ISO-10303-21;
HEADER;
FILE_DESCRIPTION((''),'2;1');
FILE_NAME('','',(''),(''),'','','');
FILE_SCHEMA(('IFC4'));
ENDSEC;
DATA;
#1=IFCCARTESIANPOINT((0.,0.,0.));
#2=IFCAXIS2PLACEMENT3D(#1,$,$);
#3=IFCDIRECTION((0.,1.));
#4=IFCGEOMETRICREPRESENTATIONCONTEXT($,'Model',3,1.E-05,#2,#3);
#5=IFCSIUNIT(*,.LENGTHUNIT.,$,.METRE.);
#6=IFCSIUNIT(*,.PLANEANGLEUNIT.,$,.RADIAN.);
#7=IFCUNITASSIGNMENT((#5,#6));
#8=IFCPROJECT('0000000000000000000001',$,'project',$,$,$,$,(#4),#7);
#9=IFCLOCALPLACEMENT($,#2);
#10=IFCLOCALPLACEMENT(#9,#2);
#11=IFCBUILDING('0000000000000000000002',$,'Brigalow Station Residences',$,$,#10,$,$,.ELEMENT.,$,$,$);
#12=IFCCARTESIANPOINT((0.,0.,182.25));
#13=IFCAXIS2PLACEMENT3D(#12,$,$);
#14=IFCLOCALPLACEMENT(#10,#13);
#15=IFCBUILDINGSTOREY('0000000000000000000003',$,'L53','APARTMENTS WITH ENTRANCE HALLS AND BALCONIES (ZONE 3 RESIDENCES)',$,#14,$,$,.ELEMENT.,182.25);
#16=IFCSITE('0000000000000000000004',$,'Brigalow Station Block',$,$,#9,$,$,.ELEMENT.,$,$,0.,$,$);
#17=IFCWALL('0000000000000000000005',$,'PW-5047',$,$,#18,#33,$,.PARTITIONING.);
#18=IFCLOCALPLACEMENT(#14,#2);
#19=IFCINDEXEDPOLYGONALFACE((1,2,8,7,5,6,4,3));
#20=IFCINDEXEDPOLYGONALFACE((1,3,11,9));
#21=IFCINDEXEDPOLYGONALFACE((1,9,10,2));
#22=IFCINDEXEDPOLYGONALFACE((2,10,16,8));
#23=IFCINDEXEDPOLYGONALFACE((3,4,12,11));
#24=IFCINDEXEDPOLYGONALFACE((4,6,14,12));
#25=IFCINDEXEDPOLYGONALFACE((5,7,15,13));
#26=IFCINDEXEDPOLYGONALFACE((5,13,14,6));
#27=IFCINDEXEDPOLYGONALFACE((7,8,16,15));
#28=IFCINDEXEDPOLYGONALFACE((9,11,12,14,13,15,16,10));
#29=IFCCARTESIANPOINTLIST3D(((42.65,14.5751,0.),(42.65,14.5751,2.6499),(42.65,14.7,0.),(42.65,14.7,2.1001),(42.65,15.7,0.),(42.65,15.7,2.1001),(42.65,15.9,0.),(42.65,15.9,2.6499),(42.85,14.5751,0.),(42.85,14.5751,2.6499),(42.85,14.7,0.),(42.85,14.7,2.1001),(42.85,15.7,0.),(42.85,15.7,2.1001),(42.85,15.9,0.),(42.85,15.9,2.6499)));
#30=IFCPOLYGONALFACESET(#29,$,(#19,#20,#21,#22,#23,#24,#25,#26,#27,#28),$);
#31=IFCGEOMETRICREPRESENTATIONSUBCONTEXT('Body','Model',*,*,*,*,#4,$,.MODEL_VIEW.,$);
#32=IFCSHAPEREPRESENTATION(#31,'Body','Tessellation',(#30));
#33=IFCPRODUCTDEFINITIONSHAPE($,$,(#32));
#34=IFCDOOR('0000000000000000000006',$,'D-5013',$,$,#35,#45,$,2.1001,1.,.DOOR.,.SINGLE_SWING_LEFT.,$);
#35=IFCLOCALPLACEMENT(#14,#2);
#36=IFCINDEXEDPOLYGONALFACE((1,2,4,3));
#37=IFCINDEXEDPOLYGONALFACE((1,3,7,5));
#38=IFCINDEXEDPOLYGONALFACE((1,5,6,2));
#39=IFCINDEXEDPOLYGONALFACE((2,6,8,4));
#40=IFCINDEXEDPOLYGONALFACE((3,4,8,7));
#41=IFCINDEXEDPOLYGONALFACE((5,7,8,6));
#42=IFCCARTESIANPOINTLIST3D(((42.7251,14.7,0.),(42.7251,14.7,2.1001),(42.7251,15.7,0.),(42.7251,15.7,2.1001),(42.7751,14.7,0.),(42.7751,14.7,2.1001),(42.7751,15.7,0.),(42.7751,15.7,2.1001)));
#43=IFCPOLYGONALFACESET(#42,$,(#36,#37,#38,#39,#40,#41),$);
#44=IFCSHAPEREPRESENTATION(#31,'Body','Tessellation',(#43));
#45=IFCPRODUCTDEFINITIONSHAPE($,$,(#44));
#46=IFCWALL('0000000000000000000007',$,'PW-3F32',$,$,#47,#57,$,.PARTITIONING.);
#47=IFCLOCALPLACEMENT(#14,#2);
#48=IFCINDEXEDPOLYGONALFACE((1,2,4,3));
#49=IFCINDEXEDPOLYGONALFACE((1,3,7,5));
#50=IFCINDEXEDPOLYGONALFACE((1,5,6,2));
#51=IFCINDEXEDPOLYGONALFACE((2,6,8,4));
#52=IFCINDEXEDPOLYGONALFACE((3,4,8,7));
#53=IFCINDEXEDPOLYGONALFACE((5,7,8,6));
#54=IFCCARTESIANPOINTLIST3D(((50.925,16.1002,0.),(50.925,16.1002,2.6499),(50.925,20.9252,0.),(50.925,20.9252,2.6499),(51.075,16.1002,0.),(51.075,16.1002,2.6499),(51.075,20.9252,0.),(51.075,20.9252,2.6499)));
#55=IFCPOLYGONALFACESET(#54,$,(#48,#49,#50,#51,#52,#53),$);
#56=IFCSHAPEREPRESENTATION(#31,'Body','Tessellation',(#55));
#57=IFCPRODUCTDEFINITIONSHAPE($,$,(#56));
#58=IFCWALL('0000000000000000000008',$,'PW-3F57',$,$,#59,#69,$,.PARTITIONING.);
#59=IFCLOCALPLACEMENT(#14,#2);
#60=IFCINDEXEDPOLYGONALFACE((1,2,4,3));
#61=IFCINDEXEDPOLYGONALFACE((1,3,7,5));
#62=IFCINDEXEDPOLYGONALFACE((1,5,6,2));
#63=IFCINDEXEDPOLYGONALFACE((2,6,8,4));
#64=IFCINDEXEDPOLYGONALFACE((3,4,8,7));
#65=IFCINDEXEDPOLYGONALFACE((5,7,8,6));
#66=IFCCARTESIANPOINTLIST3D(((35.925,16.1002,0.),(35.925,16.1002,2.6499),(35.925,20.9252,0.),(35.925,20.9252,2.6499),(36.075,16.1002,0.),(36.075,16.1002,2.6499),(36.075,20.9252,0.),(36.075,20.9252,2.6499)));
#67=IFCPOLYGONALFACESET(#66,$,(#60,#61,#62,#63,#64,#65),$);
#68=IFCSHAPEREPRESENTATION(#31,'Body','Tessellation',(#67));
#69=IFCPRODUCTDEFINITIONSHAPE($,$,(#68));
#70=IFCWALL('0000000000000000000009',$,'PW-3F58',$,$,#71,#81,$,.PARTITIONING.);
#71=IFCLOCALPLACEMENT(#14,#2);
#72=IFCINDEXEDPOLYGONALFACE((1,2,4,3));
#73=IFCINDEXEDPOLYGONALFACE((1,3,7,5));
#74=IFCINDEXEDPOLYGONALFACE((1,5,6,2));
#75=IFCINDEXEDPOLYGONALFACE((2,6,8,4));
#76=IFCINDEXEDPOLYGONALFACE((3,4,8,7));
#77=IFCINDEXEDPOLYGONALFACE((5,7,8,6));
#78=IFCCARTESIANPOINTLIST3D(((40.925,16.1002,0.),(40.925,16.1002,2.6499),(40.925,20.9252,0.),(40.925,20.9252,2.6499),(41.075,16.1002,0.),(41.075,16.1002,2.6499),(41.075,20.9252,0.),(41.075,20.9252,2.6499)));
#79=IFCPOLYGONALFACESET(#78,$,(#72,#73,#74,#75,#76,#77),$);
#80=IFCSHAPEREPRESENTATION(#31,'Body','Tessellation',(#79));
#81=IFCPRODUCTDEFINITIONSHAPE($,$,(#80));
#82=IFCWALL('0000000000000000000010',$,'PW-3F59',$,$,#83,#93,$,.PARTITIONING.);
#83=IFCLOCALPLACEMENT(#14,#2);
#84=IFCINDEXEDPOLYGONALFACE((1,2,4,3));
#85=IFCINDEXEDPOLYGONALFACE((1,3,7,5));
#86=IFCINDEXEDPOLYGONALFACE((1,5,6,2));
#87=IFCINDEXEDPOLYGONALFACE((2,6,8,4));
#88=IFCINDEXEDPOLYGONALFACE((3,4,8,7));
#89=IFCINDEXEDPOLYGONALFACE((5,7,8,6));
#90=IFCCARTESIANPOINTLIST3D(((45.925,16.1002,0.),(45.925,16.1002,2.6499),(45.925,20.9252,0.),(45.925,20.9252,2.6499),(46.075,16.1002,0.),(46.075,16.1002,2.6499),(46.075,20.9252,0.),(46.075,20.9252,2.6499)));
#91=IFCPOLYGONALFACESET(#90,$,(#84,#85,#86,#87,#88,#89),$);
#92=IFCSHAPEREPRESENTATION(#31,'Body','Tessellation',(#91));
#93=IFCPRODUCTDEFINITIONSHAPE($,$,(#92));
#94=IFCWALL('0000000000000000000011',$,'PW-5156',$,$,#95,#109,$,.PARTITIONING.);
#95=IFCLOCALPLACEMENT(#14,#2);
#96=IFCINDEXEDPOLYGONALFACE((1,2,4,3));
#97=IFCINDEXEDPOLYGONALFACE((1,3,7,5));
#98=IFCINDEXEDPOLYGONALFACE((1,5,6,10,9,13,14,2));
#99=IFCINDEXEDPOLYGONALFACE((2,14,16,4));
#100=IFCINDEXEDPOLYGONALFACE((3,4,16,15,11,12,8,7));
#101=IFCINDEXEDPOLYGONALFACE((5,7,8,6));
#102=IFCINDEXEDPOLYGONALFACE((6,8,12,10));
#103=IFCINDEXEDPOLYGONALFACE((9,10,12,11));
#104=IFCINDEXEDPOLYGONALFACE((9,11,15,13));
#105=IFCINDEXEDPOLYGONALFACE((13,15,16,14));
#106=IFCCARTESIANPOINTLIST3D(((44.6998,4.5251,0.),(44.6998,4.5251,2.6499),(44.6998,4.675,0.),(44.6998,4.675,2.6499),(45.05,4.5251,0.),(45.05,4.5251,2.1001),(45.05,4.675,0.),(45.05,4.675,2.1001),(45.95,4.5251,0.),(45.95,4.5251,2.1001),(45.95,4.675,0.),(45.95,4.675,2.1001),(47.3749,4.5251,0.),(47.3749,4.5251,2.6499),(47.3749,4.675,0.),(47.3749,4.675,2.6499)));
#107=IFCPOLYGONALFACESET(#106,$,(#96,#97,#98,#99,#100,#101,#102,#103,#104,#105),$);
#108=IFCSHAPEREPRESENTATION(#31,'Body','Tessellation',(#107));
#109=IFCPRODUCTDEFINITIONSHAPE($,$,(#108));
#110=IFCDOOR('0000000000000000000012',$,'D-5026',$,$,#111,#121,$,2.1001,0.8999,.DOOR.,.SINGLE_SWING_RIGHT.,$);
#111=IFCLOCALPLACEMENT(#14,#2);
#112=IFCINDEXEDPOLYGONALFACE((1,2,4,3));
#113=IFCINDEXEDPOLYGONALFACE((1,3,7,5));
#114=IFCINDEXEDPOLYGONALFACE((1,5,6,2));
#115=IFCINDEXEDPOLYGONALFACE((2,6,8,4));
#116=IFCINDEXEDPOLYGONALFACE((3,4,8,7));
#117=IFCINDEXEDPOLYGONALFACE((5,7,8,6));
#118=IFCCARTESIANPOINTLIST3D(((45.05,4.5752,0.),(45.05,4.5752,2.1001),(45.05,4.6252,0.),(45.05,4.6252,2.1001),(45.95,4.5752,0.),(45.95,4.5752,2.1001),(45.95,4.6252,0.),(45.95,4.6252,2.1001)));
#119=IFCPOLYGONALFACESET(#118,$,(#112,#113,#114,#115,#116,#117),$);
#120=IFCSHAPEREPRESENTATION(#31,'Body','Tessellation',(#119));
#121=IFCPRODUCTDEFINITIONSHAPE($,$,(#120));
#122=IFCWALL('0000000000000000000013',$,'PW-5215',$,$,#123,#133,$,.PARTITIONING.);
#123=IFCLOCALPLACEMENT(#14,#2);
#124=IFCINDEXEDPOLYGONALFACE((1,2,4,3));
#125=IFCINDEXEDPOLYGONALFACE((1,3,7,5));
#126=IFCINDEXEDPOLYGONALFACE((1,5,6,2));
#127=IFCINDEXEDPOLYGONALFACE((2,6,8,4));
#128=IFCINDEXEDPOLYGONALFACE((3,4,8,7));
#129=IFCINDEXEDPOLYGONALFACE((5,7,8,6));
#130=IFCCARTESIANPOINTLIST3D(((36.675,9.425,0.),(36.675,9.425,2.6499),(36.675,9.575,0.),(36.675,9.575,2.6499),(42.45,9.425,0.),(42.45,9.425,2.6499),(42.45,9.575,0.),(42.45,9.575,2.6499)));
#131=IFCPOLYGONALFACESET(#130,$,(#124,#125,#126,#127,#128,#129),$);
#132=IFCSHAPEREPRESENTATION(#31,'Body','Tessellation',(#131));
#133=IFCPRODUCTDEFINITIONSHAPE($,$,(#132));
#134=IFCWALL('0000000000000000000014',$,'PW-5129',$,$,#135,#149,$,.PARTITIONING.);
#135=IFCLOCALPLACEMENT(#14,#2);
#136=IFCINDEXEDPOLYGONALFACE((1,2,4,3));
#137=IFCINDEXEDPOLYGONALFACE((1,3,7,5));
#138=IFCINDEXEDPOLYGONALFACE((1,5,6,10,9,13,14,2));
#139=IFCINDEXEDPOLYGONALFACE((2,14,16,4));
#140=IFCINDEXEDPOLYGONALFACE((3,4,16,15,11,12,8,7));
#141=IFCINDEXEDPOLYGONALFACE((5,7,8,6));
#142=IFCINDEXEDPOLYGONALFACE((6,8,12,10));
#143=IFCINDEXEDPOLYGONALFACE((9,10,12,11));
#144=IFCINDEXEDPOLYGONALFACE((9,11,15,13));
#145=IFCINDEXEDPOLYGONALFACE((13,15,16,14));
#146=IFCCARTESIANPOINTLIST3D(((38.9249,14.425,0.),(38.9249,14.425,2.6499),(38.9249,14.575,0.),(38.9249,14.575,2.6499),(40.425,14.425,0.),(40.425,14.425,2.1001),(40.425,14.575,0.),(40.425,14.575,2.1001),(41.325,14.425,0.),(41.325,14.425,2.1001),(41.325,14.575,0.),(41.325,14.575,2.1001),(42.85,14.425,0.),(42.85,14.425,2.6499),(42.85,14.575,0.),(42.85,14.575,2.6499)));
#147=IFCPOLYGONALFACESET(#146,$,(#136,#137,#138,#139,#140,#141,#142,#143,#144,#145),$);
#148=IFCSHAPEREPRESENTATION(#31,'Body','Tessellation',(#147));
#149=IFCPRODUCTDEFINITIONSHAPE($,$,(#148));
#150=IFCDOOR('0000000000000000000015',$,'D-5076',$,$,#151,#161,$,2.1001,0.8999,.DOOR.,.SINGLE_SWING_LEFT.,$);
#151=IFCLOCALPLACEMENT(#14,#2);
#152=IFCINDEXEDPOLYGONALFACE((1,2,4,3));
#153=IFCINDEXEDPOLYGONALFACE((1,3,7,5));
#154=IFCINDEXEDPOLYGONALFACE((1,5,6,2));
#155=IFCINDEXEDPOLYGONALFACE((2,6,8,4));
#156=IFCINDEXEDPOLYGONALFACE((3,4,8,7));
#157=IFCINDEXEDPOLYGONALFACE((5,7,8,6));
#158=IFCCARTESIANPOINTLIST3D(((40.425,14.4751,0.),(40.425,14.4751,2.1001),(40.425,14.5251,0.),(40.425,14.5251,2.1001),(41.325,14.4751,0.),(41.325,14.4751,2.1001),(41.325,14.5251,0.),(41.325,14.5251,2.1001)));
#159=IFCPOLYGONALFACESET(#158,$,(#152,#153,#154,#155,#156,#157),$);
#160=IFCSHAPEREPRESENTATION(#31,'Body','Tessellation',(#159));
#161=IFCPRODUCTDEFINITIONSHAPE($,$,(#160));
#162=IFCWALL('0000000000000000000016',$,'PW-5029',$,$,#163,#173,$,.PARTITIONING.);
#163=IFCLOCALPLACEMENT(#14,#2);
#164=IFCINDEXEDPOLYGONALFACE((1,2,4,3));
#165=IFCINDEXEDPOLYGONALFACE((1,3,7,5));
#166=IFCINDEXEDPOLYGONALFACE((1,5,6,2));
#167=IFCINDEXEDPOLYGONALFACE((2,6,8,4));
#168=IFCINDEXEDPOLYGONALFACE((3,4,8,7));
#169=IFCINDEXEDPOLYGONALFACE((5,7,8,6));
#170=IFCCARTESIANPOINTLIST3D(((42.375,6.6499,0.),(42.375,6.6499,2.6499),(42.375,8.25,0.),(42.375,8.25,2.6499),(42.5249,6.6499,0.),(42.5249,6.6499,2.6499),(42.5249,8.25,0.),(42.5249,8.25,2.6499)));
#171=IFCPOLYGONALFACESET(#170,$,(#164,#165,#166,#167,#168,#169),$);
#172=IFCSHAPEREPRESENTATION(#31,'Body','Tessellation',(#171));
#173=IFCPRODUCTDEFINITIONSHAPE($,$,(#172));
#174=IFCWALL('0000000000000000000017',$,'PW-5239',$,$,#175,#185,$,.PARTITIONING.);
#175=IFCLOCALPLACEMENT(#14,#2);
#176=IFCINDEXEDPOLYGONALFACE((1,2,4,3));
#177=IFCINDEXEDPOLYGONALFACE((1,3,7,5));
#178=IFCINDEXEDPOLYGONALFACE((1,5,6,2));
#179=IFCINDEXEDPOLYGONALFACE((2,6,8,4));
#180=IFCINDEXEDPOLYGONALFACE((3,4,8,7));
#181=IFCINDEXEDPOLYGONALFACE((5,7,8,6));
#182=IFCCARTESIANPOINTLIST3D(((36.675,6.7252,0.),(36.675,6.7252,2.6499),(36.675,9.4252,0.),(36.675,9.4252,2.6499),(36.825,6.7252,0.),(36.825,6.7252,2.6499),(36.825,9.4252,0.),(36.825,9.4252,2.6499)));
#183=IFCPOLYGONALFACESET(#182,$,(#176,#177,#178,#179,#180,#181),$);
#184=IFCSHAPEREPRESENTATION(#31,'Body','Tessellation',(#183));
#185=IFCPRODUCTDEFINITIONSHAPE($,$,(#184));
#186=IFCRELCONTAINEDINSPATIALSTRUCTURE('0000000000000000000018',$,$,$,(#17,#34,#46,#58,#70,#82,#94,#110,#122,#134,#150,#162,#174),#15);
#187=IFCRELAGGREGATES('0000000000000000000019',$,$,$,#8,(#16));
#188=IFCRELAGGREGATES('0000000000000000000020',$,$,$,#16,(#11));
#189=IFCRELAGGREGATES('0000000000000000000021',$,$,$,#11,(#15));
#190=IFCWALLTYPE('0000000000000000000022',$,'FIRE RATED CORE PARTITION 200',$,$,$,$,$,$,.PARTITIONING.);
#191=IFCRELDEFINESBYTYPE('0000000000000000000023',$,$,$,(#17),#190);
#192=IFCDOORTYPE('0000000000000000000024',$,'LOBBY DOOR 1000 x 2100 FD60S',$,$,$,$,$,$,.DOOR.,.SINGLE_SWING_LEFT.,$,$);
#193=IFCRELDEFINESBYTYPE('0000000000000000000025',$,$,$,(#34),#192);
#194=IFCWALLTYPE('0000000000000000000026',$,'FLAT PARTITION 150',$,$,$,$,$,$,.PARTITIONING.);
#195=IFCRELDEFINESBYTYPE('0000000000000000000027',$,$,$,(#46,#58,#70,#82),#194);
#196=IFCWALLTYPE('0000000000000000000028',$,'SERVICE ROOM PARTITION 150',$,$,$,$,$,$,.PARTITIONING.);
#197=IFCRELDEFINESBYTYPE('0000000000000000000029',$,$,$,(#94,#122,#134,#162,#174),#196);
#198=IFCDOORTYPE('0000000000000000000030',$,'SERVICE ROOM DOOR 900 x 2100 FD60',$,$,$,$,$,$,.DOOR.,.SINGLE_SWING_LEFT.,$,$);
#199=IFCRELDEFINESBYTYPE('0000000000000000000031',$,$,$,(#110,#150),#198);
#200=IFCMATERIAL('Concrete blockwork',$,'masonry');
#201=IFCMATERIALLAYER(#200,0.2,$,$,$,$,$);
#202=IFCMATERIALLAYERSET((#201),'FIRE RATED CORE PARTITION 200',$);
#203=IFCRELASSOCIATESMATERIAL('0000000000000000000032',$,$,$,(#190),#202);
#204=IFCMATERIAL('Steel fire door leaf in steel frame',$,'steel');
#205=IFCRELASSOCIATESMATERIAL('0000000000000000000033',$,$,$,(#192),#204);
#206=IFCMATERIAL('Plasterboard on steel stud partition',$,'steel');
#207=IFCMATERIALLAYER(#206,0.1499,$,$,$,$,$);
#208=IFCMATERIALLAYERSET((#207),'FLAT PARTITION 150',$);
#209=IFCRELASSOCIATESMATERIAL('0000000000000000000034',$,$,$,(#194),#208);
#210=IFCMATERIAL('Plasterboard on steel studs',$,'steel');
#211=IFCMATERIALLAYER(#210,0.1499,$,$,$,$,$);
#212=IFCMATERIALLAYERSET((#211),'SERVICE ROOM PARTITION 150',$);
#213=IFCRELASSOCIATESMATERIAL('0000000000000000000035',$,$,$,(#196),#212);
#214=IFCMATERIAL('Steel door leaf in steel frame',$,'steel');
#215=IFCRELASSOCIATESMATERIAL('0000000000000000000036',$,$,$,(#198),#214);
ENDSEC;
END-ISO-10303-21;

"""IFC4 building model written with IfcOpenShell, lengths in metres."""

from ifc_helpers import new_model, si_unit, direction, frame, frame_2d, origin, place, context, subcontext, project, spatial, rectangle, extrude, material, layer, layer_set, type_object, element, fill, save


model = new_model("IFC4")

# Units and contexts
model_context = context("Model", 3, precision=1e-05, world=origin(), true_north=direction((0.0, 1.0)))
body_context = subcontext(model_context, "Body", "Model", "MODEL_VIEW")
ifc_project = project(units=[si_unit("LENGTHUNIT", "METRE"), si_unit("PLANEANGLEUNIT", "RADIAN")], contexts=[model_context])

# Site, building, storey
site_placement = place(None, origin())
site = spatial("IfcSite", under=ifc_project, at=site_placement, Name="Brigalow Station Block", CompositionType="ELEMENT", RefElevation=0.0)
building_placement = place(site_placement, origin())
building = spatial("IfcBuilding", under=site, at=building_placement, Name="Brigalow Station Residences", CompositionType="ELEMENT")
storey_placement = place(building_placement, frame((0.0, 0.0, 182.25)))
storey = spatial("IfcBuildingStorey", under=building, at=storey_placement, Name="L53", Description="APARTMENTS WITH ENTRANCE HALLS AND BALCONIES (ZONE 3 RESIDENCES)", CompositionType="ELEMENT", Elevation=182.25)

# Shared definitions
ifc_material_1 = material(Name="Concrete blockwork", Category="masonry")
ifc_layer_1 = layer(ifc_material_1, 0.2)
ifc_layer_set_1 = layer_set([ifc_layer_1], Name="FIRE RATED CORE PARTITION 200")
wall_type_1 = type_object("IfcWallType", Name="FIRE RATED CORE PARTITION 200", PredefinedType="PARTITIONING", material=ifc_layer_set_1)

# Wall, opening, door
wall_1_placement = place(storey_placement, frame((42.75, 14.575, 0.0), z_axis=(0.0, 0.0, 1.0), x_axis=(0.0, 1.0, 0.0)))
wall_1 = element("IfcWall", 1, at=wall_1_placement, inside=storey, type_object=wall_type_1, Name="PW-5047", PredefinedType="PARTITIONING", context=body_context, shape_type="SweptSolid", body=[
    extrude(rectangle(XDim=1.325, YDim=0.2, at=frame_2d((0.6626, 0.0))), origin(), (0.0, 0.0, 1.0), 2.6499),
])
opening_1_placement = place(wall_1_placement, frame((0.125, 0.0, 0.0)))
opening_1 = element("IfcOpeningElement", 2, at=opening_1_placement, cuts=wall_1, PredefinedType="OPENING", context=body_context, shape_type="SweptSolid", body=[
    extrude(rectangle(XDim=1.0, YDim=2.1001, at=frame_2d((0.5, 1.05))), frame((0.0, 0.1099, 0.0), z_axis=(0.0, -1.0, 0.0), x_axis=(1.0, 0.0, 0.0)), (0.0, 0.0, 1.0), 0.22),
])
ifc_material_2 = material(Name="Steel fire door leaf in steel frame", Category="steel")
door_type_1 = type_object("IfcDoorType", Name="LOBBY DOOR 1000 x 2100 FD60S", OperationType="SINGLE_SWING_LEFT", PredefinedType="DOOR", material=ifc_material_2)
door_1_placement = place(opening_1_placement, origin())
door_1 = element("IfcDoor", 3, at=door_1_placement, inside=storey, type_object=door_type_1, Name="D-5013", OperationType="SINGLE_SWING_LEFT", OverallHeight=2.1001, OverallWidth=1.0, PredefinedType="DOOR", context=body_context, shape_type="SweptSolid", body=[
    extrude(rectangle(XDim=1.0, YDim=2.1001, at=frame_2d((0.5, 1.05))), frame((0.0, 0.0249, 0.0), z_axis=(0.0, -1.0, 0.0), x_axis=(1.0, 0.0, 0.0)), (0.0, 0.0, 1.0), 0.05),
])
fill(opening_1, door_1)

# Walls
ifc_material_3 = material(Name="Plasterboard on steel stud partition", Category="steel")
ifc_layer_2 = layer(ifc_material_3, 0.1499)
ifc_layer_set_2 = layer_set([ifc_layer_2], Name="FLAT PARTITION 150")
wall_type_2 = type_object("IfcWallType", Name="FLAT PARTITION 150", PredefinedType="PARTITIONING", material=ifc_layer_set_2)
for number, where, z_axis, x_axis, name in (
    (4, (51.0, 16.1001, 0.0), (0.0, 0.0, 1.0), (0.0, 1.0, 0.0), "PW-3F32"),
    (5, (36.0, 16.1001, 0.0), (0.0, 0.0, 1.0), (0.0, 1.0, 0.0), "PW-3F57"),
    (6, (41.0, 16.1001, 0.0), (0.0, 0.0, 1.0), (0.0, 1.0, 0.0), "PW-3F58"),
    (7, (46.0, 16.1001, 0.0), (0.0, 0.0, 1.0), (0.0, 1.0, 0.0), "PW-3F59"),
):
    element("IfcWall", number, at=place(storey_placement, frame(where, z_axis=z_axis, x_axis=x_axis)), inside=storey, type_object=wall_type_2, Name=name, PredefinedType="PARTITIONING", context=body_context, shape_type="SweptSolid", body=[
        extrude(rectangle(XDim=4.825, YDim=0.1499, at=frame_2d((2.4126, 0.0))), origin(), (0.0, 0.0, 1.0), 2.6499),
    ])

# Wall, opening, door
ifc_material_4 = material(Name="Plasterboard on steel studs", Category="steel")
ifc_layer_3 = layer(ifc_material_4, 0.1499)
ifc_layer_set_3 = layer_set([ifc_layer_3], Name="SERVICE ROOM PARTITION 150")
wall_type_3 = type_object("IfcWallType", Name="SERVICE ROOM PARTITION 150", PredefinedType="PARTITIONING", material=ifc_layer_set_3)
wall_2_placement = place(storey_placement, frame((44.7, 4.6001, 0.0), z_axis=(0.0, 0.0, 1.0), x_axis=(1.0, 0.0, 0.0)))
wall_2 = element("IfcWall", 8, at=wall_2_placement, inside=storey, type_object=wall_type_3, Name="PW-5156", PredefinedType="PARTITIONING", context=body_context, shape_type="SweptSolid", body=[
    extrude(rectangle(XDim=2.675, YDim=0.1499, at=frame_2d((1.3374, 0.0))), origin(), (0.0, 0.0, 1.0), 2.6499),
])
opening_2_placement = place(wall_2_placement, frame((0.3501, 0.0, 0.0)))
opening_2 = element("IfcOpeningElement", 9, at=opening_2_placement, cuts=wall_2, PredefinedType="OPENING", context=body_context, shape_type="SweptSolid", body=[
    extrude(rectangle(XDim=0.8999, YDim=2.1001, at=frame_2d((0.45, 1.05))), frame((0.0, 0.085, 0.0), z_axis=(0.0, -1.0, 0.0), x_axis=(1.0, 0.0, 0.0)), (0.0, 0.0, 1.0), 0.1699),
])
ifc_material_5 = material(Name="Steel door leaf in steel frame", Category="steel")
door_type_2 = type_object("IfcDoorType", Name="SERVICE ROOM DOOR 900 x 2100 FD60", OperationType="SINGLE_SWING_LEFT", PredefinedType="DOOR", material=ifc_material_5)
door_2_placement = place(opening_2_placement, frame((0.8999, 0.0, 0.0), z_axis=(0.0, 0.0, 1.0), x_axis=(-1.0, 0.0, 0.0)))
door_2 = element("IfcDoor", 10, at=door_2_placement, inside=storey, type_object=door_type_2, Name="D-5026", OperationType="SINGLE_SWING_RIGHT", OverallHeight=2.1001, OverallWidth=0.8999, PredefinedType="DOOR", context=body_context, shape_type="SweptSolid", body=[
    extrude(rectangle(XDim=0.8999, YDim=2.1001, at=frame_2d((0.45, 1.05))), frame((0.0, 0.0249, 0.0), z_axis=(0.0, -1.0, 0.0), x_axis=(1.0, 0.0, 0.0)), (0.0, 0.0, 1.0), 0.05),
])
fill(opening_2, door_2)

# Wall
wall_3_placement = place(storey_placement, frame((36.675, 9.5, 0.0), z_axis=(0.0, 0.0, 1.0), x_axis=(1.0, 0.0, 0.0)))
element("IfcWall", 11, at=wall_3_placement, inside=storey, type_object=wall_type_3, Name="PW-5215", PredefinedType="PARTITIONING", context=body_context, shape_type="SweptSolid", body=[
    extrude(rectangle(XDim=5.7749, YDim=0.1499, at=frame_2d((2.8875, 0.0))), origin(), (0.0, 0.0, 1.0), 2.6499),
])

# Wall, opening, door
wall_4_placement = place(storey_placement, frame((38.925, 14.5, 0.0), z_axis=(0.0, 0.0, 1.0), x_axis=(1.0, 0.0, 0.0)))
wall_4 = element("IfcWall", 12, at=wall_4_placement, inside=storey, type_object=wall_type_3, Name="PW-5129", PredefinedType="PARTITIONING", context=body_context, shape_type="SweptSolid", body=[
    extrude(rectangle(XDim=3.925, YDim=0.1499, at=frame_2d((1.9624, 0.0))), origin(), (0.0, 0.0, 1.0), 2.6499),
])
opening_3_placement = place(wall_4_placement, frame((1.5, 0.0, 0.0)))
opening_3 = element("IfcOpeningElement", 13, at=opening_3_placement, cuts=wall_4, PredefinedType="OPENING", context=body_context, shape_type="SweptSolid", body=[
    extrude(rectangle(XDim=0.8999, YDim=2.1001, at=frame_2d((0.45, 1.05))), frame((0.0, 0.085, 0.0), z_axis=(0.0, -1.0, 0.0), x_axis=(1.0, 0.0, 0.0)), (0.0, 0.0, 1.0), 0.1699),
])
door_3_placement = place(opening_3_placement, frame((0.8999, 0.0, 0.0), z_axis=(0.0, 0.0, 1.0), x_axis=(-1.0, 0.0, 0.0)))
door_3 = element("IfcDoor", 14, at=door_3_placement, inside=storey, type_object=door_type_2, Name="D-5076", OperationType="SINGLE_SWING_LEFT", OverallHeight=2.1001, OverallWidth=0.8999, PredefinedType="DOOR", context=body_context, shape_type="SweptSolid", body=[
    extrude(rectangle(XDim=0.8999, YDim=2.1001, at=frame_2d((0.45, 1.05))), frame((0.0, 0.0249, 0.0), z_axis=(0.0, -1.0, 0.0), x_axis=(1.0, 0.0, 0.0)), (0.0, 0.0, 1.0), 0.05),
])
fill(opening_3, door_3)

# Walls
wall_5_placement = place(storey_placement, frame((42.45, 6.6499, 0.0), z_axis=(0.0, 0.0, 1.0), x_axis=(0.0, 1.0, 0.0)))
element("IfcWall", 15, at=wall_5_placement, inside=storey, type_object=wall_type_3, Name="PW-5029", PredefinedType="PARTITIONING", context=body_context, shape_type="SweptSolid", body=[
    extrude(rectangle(XDim=1.6001, YDim=0.1499, at=frame_2d((0.8, 0.0))), origin(), (0.0, 0.0, 1.0), 2.6499),
])
wall_6_placement = place(storey_placement, frame((36.75, 6.7251, 0.0), z_axis=(0.0, 0.0, 1.0), x_axis=(0.0, 1.0, 0.0)))
element("IfcWall", 16, at=wall_6_placement, inside=storey, type_object=wall_type_3, Name="PW-5239", PredefinedType="PARTITIONING", context=body_context, shape_type="SweptSolid", body=[
    extrude(rectangle(XDim=2.7, YDim=0.1499, at=frame_2d((1.3501, 0.0))), origin(), (0.0, 0.0, 1.0), 2.6499),
])

save(model, "model.ifc")
